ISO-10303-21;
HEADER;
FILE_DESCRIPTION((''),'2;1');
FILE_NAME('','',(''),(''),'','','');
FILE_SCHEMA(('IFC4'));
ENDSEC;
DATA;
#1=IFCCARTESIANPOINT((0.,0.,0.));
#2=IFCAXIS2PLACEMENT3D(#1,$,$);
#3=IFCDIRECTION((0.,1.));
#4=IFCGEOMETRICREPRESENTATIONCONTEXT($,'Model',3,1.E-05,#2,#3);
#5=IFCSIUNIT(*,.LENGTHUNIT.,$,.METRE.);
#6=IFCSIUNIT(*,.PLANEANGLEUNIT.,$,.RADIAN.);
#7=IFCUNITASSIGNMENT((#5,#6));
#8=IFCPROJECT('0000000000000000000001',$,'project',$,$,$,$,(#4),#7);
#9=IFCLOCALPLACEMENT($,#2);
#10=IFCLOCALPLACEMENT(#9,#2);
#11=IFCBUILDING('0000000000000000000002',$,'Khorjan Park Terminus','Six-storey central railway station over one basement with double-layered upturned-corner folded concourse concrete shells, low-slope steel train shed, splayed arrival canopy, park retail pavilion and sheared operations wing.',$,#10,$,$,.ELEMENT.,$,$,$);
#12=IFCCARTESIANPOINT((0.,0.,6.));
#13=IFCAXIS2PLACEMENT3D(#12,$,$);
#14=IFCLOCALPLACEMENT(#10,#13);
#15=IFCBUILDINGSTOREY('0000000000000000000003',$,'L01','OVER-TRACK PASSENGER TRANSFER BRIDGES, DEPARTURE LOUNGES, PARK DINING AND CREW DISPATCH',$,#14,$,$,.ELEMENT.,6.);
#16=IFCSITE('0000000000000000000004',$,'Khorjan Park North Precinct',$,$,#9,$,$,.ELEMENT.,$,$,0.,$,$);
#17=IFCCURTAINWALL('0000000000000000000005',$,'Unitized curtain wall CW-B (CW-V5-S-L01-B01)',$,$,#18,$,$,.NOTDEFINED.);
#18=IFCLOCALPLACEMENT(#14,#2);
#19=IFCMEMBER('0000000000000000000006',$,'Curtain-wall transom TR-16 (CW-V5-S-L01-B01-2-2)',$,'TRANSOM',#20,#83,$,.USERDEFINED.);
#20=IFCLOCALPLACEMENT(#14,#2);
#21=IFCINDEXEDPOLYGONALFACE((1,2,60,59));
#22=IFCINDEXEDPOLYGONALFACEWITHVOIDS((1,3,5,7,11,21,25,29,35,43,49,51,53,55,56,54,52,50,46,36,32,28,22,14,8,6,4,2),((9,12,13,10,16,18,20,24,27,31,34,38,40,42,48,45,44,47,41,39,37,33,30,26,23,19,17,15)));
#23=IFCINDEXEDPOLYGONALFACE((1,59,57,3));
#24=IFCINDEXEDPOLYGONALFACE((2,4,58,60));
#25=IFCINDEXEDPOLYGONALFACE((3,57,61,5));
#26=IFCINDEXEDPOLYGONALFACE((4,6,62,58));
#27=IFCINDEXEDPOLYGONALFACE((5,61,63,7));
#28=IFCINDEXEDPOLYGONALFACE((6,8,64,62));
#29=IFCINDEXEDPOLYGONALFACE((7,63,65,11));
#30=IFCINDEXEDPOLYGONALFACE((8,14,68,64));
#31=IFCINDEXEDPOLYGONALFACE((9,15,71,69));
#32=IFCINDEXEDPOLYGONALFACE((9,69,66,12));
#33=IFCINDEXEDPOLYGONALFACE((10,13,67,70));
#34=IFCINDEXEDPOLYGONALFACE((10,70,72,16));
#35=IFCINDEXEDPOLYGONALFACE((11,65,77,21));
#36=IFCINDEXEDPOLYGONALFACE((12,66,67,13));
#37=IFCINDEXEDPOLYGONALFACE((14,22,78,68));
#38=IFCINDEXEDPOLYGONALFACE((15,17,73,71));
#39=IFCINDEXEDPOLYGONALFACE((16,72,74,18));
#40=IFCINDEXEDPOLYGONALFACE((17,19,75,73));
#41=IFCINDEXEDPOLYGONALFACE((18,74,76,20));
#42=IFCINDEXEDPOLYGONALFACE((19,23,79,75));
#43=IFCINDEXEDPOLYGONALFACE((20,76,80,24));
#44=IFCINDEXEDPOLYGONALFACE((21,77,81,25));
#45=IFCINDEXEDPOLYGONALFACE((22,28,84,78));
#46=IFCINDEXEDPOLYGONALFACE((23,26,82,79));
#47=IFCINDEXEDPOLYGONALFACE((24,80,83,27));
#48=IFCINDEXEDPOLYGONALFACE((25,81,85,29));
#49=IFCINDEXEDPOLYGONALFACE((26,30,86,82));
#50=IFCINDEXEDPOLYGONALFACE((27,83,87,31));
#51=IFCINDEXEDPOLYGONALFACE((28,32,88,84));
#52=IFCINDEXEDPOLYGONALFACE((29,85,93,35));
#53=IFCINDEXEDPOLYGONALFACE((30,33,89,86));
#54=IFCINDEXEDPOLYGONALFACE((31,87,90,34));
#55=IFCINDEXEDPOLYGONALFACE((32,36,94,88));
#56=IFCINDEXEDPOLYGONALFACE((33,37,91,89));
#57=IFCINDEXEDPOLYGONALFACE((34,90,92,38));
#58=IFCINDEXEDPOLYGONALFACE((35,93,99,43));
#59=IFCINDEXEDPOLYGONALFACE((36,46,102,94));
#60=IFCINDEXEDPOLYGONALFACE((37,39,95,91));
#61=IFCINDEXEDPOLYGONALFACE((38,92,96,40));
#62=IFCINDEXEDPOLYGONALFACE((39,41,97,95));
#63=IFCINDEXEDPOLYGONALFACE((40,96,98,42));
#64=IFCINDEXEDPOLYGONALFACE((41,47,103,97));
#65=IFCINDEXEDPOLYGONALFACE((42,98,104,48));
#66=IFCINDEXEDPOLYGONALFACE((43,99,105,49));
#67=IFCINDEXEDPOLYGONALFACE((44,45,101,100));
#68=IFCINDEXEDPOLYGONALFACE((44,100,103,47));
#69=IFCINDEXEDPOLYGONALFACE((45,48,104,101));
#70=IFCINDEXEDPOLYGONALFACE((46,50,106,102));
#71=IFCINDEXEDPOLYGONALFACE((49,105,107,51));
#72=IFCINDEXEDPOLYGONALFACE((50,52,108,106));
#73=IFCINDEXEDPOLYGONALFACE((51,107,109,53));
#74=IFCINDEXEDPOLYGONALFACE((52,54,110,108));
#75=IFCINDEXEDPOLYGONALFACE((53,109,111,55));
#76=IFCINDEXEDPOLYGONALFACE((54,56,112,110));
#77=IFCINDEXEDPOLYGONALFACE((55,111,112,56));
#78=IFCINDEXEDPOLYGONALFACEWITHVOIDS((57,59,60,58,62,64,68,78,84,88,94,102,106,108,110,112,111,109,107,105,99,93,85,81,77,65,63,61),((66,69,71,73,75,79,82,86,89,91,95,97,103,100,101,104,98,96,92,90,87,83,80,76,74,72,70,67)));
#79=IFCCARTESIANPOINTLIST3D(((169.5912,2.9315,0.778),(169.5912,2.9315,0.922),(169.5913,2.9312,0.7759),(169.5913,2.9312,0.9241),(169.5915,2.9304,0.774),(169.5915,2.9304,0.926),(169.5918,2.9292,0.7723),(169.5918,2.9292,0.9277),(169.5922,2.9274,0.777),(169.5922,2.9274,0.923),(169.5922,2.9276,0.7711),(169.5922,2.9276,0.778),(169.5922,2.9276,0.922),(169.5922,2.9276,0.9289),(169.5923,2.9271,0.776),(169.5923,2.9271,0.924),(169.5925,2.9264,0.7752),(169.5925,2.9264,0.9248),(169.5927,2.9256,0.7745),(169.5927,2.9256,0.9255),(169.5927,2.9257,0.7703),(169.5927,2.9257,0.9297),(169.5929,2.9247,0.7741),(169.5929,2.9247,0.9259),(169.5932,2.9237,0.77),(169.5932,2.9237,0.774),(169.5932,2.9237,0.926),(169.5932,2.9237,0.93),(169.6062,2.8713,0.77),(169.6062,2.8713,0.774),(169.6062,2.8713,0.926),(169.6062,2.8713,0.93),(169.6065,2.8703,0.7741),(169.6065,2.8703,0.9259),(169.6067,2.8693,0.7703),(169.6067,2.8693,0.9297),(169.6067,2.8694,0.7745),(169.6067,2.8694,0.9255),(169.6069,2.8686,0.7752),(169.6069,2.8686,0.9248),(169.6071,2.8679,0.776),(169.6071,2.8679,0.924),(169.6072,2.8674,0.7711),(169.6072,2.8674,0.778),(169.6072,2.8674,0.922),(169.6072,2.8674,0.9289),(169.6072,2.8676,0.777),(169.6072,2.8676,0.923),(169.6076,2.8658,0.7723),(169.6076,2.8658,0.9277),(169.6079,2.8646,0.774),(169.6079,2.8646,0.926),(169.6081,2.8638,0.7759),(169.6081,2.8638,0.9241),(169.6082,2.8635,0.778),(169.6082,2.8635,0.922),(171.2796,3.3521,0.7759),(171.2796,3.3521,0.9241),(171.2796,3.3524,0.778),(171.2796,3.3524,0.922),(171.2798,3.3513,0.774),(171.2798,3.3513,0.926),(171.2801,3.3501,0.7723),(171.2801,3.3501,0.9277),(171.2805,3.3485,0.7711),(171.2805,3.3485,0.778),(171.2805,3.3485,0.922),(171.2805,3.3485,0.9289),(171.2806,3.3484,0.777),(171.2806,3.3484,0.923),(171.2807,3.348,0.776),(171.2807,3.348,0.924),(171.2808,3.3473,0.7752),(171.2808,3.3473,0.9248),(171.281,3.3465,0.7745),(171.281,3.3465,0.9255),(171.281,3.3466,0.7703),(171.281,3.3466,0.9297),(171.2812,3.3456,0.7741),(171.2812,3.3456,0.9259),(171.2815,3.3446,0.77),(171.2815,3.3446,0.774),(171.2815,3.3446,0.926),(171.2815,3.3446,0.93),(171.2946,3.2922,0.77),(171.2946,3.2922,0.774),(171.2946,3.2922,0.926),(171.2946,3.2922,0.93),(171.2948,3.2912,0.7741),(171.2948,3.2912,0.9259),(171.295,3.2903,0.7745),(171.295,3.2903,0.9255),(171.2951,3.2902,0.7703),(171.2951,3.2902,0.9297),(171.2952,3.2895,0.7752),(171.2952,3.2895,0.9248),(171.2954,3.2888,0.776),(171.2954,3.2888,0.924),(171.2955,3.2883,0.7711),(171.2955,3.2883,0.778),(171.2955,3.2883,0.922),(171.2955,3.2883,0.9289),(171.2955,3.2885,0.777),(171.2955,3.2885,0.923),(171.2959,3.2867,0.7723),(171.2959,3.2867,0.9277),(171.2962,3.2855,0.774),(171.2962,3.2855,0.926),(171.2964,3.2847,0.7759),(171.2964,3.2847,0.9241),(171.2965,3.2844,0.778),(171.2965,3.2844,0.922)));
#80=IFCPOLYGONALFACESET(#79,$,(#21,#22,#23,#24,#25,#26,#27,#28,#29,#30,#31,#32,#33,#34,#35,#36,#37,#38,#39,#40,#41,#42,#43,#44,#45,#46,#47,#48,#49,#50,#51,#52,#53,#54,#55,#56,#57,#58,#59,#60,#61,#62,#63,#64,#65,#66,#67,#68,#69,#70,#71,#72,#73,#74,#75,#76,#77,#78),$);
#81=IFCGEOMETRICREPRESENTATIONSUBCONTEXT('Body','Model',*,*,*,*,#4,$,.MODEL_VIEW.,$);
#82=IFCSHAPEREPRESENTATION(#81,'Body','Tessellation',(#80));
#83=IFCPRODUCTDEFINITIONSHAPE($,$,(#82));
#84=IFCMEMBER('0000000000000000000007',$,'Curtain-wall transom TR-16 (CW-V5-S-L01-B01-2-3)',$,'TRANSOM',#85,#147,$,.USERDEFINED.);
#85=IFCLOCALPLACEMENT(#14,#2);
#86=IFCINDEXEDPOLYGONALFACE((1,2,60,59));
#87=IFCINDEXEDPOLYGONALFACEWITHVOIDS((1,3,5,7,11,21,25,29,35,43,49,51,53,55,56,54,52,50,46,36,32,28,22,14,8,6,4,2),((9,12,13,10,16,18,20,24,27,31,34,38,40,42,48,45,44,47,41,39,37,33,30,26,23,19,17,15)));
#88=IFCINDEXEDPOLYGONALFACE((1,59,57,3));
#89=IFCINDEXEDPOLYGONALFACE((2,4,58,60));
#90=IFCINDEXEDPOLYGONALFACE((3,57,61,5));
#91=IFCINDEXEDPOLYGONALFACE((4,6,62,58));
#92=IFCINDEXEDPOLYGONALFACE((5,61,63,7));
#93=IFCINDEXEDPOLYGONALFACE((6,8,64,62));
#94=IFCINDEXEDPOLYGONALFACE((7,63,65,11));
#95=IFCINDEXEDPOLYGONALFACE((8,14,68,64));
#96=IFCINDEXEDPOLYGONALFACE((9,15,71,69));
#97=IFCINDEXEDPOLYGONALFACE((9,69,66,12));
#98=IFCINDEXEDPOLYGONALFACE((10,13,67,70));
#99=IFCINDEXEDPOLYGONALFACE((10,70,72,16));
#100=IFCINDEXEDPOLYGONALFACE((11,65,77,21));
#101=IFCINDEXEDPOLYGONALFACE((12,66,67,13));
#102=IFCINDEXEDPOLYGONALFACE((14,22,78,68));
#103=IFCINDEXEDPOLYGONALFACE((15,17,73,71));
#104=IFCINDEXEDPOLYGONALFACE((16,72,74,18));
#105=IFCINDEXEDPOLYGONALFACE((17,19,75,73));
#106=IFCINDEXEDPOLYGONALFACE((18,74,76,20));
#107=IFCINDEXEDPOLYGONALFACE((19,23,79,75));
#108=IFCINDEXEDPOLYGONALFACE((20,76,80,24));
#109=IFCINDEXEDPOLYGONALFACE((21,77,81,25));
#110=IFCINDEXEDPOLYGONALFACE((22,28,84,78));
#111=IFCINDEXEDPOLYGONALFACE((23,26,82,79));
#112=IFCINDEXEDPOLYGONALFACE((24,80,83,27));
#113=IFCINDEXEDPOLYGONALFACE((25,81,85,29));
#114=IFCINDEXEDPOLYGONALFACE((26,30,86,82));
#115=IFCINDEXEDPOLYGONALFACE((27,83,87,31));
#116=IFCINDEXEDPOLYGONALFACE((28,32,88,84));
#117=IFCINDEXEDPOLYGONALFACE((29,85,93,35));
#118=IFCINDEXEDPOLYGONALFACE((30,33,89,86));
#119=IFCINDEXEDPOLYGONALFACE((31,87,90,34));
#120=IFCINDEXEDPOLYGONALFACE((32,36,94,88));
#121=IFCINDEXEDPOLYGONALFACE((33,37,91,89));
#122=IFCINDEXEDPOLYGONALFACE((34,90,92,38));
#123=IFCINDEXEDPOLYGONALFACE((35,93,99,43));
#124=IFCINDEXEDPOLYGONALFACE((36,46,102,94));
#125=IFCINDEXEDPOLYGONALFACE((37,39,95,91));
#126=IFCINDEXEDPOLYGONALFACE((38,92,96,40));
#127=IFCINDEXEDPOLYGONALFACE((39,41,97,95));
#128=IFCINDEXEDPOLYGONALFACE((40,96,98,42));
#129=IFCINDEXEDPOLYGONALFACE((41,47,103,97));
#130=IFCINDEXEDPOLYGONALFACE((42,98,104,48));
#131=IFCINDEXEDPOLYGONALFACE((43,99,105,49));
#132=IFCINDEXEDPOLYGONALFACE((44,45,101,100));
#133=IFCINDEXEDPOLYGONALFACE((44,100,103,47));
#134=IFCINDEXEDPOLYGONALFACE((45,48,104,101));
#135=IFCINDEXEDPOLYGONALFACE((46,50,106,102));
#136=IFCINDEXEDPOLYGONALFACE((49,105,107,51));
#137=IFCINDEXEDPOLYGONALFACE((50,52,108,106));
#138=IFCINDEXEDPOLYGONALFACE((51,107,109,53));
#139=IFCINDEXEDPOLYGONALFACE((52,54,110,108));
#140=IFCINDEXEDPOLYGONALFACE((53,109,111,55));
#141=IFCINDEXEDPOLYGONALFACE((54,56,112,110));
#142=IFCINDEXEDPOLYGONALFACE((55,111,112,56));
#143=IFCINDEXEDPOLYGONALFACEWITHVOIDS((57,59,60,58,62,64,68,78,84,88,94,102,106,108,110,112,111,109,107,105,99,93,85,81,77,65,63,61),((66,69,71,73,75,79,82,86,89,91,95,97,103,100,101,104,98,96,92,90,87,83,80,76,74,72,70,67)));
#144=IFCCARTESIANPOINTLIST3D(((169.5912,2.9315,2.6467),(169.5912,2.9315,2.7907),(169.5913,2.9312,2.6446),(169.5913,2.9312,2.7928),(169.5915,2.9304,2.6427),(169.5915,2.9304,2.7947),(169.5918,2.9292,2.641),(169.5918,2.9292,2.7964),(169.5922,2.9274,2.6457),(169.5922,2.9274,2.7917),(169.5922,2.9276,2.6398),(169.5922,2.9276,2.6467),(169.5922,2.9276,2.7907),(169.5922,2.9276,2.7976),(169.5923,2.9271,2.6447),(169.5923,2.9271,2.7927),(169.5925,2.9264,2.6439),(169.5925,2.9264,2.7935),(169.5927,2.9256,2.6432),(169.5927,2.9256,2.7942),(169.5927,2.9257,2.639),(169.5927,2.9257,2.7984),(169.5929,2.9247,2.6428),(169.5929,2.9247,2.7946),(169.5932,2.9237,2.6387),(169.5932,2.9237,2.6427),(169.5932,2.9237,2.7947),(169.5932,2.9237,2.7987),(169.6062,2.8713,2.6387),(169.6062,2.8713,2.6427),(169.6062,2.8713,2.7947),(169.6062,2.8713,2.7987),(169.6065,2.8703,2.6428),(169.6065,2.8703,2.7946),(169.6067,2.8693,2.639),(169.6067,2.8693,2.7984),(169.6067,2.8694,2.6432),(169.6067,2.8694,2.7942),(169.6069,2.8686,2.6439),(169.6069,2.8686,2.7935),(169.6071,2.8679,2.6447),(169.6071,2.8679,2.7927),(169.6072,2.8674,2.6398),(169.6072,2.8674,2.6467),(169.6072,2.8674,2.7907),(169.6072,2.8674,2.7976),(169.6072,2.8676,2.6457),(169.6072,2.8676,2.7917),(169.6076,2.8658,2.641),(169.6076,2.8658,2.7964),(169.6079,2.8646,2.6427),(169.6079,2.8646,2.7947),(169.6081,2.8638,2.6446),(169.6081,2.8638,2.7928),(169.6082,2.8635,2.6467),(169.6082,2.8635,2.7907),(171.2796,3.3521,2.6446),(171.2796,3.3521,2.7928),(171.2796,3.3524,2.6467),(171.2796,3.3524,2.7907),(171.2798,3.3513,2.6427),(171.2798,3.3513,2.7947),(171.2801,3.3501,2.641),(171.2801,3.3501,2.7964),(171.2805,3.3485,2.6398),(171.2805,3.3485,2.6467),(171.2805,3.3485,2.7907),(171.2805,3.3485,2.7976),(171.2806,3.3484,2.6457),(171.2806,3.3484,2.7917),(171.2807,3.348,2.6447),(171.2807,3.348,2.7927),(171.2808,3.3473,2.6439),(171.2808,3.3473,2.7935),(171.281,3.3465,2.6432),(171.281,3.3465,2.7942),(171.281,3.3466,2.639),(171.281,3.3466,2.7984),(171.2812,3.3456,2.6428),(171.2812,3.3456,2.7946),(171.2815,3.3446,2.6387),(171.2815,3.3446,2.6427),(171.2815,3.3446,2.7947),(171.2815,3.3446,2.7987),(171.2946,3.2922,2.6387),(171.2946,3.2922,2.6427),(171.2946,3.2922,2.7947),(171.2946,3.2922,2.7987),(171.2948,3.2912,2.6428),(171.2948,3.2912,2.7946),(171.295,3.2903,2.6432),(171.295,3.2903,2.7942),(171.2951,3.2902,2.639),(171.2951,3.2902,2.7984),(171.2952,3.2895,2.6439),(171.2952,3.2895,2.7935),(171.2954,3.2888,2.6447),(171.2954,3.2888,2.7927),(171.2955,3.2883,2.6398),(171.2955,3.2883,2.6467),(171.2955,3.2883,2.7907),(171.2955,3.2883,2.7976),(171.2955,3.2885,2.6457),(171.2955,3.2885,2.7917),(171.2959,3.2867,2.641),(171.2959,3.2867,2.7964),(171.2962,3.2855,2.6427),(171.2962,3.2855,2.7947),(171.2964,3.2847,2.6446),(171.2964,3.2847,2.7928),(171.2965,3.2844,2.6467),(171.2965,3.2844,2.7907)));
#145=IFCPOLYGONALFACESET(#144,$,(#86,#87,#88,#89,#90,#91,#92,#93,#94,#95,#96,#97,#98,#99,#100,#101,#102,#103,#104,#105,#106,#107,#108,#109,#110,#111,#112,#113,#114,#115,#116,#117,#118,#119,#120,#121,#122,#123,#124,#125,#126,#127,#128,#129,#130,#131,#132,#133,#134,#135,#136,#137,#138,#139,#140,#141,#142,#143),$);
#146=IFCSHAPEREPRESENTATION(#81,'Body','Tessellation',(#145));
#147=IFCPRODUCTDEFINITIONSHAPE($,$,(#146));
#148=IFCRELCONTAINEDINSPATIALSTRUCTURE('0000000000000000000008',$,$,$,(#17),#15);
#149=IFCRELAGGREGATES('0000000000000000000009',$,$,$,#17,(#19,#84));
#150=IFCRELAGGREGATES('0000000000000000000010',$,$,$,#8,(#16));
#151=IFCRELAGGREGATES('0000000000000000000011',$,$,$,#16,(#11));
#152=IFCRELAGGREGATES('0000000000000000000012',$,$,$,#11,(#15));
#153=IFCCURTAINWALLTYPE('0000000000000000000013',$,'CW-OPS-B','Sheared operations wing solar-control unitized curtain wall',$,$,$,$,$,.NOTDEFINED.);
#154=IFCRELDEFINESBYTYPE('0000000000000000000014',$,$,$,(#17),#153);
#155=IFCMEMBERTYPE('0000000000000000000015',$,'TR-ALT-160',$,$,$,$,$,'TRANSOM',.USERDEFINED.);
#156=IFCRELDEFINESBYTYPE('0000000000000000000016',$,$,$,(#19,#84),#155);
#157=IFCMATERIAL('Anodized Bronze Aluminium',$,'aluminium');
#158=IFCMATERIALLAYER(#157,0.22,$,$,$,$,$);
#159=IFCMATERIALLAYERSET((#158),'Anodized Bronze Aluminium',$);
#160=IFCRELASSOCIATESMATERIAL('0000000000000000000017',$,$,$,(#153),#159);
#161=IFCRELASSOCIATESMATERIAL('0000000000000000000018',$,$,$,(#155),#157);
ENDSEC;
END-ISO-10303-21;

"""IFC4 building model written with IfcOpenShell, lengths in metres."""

from ifc_helpers import new_model, si_unit, direction, frame, origin, origin_2d, place, context, subcontext, project, spatial, hollow_rectangle, extrude, material, layer, layer_set, material_profile, profile_set, type_object, element, aggregate, save


model = new_model("IFC4")

# Units and contexts
model_context = context("Model", 3, precision=1e-05, world=origin(), true_north=direction((0.0, 1.0)))
body_context = subcontext(model_context, "Body", "Model", "MODEL_VIEW")
ifc_project = project(units=[si_unit("LENGTHUNIT", "METRE"), si_unit("PLANEANGLEUNIT", "RADIAN")], contexts=[model_context])

# Site, building, storey
site_placement = place(None, origin())
site = spatial("IfcSite", under=ifc_project, at=site_placement, Name="Khorjan Park North Precinct", CompositionType="ELEMENT", RefElevation=0.0)
building_placement = place(site_placement, origin())
building = spatial("IfcBuilding", under=site, at=building_placement, Name="Khorjan Park Terminus", Description="Six-storey central railway station over one basement with double-layered upturned-corner folded concourse concrete shells, low-slope steel train shed, splayed arrival canopy, park retail pavilion and sheared operations wing.", CompositionType="ELEMENT")
storey_placement = place(building_placement, frame((0.0, 0.0, 6.0)))
storey = spatial("IfcBuildingStorey", under=building, at=storey_placement, Name="L01", Description="OVER-TRACK PASSENGER TRANSFER BRIDGES, DEPARTURE LOUNGES, PARK DINING AND CREW DISPATCH", CompositionType="ELEMENT", Elevation=6.0)

# Curtain wall, members
ifc_material_1 = material(Name="Anodized Bronze Aluminium", Category="aluminium")
ifc_layer_1 = layer(ifc_material_1, 0.22)
ifc_layer_set_1 = layer_set([ifc_layer_1], Name="Anodized Bronze Aluminium")
curtain_wall_type = type_object("IfcCurtainWallType", Name="CW-OPS-B", Description="Sheared operations wing solar-control unitized curtain wall", PredefinedType="NOTDEFINED", material=ifc_layer_set_1)
curtain_wall_placement = place(storey_placement, origin())
curtain_wall = element("IfcCurtainWall", 1, at=curtain_wall_placement, inside=storey, type_object=curtain_wall_type, Name="Unitized curtain wall CW-B (CW-V5-S-L01-B01)", PredefinedType="NOTDEFINED")
ifc_material_profile_1 = material_profile(ifc_material_1, hollow_rectangle(XDim=0.07, YDim=0.16, WallThickness=0.004, InnerFilletRadius=0.004, OuterFilletRadius=0.008, at=origin_2d()), Name="ALT 70x160x4")
ifc_profile_set_1 = profile_set([ifc_material_profile_1], Name="Anodized Bronze Aluminium")
member_type_1 = type_object("IfcMemberType", Name="TR-ALT-160", ElementType="TRANSOM", PredefinedType="USERDEFINED", material=ifc_profile_set_1)
member_1_placement = place(storey_placement, frame((169.5997, 2.8975, 0.85), z_axis=(0.970301, 0.2419, 0.0), x_axis=(-0.2419, 0.970301, 0.0)))
member_1 = element("IfcMember", 2, at=member_1_placement, type_object=member_type_1, Name="Curtain-wall transom TR-16 (CW-V5-S-L01-B01-2-2)", ObjectType="TRANSOM", PredefinedType="USERDEFINED", context=body_context, shape_type="SweptSolid", body=[
    extrude(hollow_rectangle(XDim=0.07, YDim=0.16, WallThickness=0.004, InnerFilletRadius=0.004, OuterFilletRadius=0.008, at=origin_2d()), origin(), (0.0, 0.0, 1.0), 1.74),
])
member_2_placement = place(storey_placement, frame((169.5997, 2.8975, 2.7187), z_axis=(0.970301, 0.2419, 0.0), x_axis=(-0.2419, 0.970301, 0.0)))
member_2 = element("IfcMember", 3, at=member_2_placement, type_object=member_type_1, Name="Curtain-wall transom TR-16 (CW-V5-S-L01-B01-2-3)", ObjectType="TRANSOM", PredefinedType="USERDEFINED", context=body_context, shape_type="SweptSolid", body=[
    extrude(hollow_rectangle(XDim=0.07, YDim=0.16, WallThickness=0.004, InnerFilletRadius=0.004, OuterFilletRadius=0.008, at=origin_2d()), origin(), (0.0, 0.0, 1.0), 1.74),
])
aggregate(curtain_wall, [member_1, member_2])

save(model, "model.ifc")
